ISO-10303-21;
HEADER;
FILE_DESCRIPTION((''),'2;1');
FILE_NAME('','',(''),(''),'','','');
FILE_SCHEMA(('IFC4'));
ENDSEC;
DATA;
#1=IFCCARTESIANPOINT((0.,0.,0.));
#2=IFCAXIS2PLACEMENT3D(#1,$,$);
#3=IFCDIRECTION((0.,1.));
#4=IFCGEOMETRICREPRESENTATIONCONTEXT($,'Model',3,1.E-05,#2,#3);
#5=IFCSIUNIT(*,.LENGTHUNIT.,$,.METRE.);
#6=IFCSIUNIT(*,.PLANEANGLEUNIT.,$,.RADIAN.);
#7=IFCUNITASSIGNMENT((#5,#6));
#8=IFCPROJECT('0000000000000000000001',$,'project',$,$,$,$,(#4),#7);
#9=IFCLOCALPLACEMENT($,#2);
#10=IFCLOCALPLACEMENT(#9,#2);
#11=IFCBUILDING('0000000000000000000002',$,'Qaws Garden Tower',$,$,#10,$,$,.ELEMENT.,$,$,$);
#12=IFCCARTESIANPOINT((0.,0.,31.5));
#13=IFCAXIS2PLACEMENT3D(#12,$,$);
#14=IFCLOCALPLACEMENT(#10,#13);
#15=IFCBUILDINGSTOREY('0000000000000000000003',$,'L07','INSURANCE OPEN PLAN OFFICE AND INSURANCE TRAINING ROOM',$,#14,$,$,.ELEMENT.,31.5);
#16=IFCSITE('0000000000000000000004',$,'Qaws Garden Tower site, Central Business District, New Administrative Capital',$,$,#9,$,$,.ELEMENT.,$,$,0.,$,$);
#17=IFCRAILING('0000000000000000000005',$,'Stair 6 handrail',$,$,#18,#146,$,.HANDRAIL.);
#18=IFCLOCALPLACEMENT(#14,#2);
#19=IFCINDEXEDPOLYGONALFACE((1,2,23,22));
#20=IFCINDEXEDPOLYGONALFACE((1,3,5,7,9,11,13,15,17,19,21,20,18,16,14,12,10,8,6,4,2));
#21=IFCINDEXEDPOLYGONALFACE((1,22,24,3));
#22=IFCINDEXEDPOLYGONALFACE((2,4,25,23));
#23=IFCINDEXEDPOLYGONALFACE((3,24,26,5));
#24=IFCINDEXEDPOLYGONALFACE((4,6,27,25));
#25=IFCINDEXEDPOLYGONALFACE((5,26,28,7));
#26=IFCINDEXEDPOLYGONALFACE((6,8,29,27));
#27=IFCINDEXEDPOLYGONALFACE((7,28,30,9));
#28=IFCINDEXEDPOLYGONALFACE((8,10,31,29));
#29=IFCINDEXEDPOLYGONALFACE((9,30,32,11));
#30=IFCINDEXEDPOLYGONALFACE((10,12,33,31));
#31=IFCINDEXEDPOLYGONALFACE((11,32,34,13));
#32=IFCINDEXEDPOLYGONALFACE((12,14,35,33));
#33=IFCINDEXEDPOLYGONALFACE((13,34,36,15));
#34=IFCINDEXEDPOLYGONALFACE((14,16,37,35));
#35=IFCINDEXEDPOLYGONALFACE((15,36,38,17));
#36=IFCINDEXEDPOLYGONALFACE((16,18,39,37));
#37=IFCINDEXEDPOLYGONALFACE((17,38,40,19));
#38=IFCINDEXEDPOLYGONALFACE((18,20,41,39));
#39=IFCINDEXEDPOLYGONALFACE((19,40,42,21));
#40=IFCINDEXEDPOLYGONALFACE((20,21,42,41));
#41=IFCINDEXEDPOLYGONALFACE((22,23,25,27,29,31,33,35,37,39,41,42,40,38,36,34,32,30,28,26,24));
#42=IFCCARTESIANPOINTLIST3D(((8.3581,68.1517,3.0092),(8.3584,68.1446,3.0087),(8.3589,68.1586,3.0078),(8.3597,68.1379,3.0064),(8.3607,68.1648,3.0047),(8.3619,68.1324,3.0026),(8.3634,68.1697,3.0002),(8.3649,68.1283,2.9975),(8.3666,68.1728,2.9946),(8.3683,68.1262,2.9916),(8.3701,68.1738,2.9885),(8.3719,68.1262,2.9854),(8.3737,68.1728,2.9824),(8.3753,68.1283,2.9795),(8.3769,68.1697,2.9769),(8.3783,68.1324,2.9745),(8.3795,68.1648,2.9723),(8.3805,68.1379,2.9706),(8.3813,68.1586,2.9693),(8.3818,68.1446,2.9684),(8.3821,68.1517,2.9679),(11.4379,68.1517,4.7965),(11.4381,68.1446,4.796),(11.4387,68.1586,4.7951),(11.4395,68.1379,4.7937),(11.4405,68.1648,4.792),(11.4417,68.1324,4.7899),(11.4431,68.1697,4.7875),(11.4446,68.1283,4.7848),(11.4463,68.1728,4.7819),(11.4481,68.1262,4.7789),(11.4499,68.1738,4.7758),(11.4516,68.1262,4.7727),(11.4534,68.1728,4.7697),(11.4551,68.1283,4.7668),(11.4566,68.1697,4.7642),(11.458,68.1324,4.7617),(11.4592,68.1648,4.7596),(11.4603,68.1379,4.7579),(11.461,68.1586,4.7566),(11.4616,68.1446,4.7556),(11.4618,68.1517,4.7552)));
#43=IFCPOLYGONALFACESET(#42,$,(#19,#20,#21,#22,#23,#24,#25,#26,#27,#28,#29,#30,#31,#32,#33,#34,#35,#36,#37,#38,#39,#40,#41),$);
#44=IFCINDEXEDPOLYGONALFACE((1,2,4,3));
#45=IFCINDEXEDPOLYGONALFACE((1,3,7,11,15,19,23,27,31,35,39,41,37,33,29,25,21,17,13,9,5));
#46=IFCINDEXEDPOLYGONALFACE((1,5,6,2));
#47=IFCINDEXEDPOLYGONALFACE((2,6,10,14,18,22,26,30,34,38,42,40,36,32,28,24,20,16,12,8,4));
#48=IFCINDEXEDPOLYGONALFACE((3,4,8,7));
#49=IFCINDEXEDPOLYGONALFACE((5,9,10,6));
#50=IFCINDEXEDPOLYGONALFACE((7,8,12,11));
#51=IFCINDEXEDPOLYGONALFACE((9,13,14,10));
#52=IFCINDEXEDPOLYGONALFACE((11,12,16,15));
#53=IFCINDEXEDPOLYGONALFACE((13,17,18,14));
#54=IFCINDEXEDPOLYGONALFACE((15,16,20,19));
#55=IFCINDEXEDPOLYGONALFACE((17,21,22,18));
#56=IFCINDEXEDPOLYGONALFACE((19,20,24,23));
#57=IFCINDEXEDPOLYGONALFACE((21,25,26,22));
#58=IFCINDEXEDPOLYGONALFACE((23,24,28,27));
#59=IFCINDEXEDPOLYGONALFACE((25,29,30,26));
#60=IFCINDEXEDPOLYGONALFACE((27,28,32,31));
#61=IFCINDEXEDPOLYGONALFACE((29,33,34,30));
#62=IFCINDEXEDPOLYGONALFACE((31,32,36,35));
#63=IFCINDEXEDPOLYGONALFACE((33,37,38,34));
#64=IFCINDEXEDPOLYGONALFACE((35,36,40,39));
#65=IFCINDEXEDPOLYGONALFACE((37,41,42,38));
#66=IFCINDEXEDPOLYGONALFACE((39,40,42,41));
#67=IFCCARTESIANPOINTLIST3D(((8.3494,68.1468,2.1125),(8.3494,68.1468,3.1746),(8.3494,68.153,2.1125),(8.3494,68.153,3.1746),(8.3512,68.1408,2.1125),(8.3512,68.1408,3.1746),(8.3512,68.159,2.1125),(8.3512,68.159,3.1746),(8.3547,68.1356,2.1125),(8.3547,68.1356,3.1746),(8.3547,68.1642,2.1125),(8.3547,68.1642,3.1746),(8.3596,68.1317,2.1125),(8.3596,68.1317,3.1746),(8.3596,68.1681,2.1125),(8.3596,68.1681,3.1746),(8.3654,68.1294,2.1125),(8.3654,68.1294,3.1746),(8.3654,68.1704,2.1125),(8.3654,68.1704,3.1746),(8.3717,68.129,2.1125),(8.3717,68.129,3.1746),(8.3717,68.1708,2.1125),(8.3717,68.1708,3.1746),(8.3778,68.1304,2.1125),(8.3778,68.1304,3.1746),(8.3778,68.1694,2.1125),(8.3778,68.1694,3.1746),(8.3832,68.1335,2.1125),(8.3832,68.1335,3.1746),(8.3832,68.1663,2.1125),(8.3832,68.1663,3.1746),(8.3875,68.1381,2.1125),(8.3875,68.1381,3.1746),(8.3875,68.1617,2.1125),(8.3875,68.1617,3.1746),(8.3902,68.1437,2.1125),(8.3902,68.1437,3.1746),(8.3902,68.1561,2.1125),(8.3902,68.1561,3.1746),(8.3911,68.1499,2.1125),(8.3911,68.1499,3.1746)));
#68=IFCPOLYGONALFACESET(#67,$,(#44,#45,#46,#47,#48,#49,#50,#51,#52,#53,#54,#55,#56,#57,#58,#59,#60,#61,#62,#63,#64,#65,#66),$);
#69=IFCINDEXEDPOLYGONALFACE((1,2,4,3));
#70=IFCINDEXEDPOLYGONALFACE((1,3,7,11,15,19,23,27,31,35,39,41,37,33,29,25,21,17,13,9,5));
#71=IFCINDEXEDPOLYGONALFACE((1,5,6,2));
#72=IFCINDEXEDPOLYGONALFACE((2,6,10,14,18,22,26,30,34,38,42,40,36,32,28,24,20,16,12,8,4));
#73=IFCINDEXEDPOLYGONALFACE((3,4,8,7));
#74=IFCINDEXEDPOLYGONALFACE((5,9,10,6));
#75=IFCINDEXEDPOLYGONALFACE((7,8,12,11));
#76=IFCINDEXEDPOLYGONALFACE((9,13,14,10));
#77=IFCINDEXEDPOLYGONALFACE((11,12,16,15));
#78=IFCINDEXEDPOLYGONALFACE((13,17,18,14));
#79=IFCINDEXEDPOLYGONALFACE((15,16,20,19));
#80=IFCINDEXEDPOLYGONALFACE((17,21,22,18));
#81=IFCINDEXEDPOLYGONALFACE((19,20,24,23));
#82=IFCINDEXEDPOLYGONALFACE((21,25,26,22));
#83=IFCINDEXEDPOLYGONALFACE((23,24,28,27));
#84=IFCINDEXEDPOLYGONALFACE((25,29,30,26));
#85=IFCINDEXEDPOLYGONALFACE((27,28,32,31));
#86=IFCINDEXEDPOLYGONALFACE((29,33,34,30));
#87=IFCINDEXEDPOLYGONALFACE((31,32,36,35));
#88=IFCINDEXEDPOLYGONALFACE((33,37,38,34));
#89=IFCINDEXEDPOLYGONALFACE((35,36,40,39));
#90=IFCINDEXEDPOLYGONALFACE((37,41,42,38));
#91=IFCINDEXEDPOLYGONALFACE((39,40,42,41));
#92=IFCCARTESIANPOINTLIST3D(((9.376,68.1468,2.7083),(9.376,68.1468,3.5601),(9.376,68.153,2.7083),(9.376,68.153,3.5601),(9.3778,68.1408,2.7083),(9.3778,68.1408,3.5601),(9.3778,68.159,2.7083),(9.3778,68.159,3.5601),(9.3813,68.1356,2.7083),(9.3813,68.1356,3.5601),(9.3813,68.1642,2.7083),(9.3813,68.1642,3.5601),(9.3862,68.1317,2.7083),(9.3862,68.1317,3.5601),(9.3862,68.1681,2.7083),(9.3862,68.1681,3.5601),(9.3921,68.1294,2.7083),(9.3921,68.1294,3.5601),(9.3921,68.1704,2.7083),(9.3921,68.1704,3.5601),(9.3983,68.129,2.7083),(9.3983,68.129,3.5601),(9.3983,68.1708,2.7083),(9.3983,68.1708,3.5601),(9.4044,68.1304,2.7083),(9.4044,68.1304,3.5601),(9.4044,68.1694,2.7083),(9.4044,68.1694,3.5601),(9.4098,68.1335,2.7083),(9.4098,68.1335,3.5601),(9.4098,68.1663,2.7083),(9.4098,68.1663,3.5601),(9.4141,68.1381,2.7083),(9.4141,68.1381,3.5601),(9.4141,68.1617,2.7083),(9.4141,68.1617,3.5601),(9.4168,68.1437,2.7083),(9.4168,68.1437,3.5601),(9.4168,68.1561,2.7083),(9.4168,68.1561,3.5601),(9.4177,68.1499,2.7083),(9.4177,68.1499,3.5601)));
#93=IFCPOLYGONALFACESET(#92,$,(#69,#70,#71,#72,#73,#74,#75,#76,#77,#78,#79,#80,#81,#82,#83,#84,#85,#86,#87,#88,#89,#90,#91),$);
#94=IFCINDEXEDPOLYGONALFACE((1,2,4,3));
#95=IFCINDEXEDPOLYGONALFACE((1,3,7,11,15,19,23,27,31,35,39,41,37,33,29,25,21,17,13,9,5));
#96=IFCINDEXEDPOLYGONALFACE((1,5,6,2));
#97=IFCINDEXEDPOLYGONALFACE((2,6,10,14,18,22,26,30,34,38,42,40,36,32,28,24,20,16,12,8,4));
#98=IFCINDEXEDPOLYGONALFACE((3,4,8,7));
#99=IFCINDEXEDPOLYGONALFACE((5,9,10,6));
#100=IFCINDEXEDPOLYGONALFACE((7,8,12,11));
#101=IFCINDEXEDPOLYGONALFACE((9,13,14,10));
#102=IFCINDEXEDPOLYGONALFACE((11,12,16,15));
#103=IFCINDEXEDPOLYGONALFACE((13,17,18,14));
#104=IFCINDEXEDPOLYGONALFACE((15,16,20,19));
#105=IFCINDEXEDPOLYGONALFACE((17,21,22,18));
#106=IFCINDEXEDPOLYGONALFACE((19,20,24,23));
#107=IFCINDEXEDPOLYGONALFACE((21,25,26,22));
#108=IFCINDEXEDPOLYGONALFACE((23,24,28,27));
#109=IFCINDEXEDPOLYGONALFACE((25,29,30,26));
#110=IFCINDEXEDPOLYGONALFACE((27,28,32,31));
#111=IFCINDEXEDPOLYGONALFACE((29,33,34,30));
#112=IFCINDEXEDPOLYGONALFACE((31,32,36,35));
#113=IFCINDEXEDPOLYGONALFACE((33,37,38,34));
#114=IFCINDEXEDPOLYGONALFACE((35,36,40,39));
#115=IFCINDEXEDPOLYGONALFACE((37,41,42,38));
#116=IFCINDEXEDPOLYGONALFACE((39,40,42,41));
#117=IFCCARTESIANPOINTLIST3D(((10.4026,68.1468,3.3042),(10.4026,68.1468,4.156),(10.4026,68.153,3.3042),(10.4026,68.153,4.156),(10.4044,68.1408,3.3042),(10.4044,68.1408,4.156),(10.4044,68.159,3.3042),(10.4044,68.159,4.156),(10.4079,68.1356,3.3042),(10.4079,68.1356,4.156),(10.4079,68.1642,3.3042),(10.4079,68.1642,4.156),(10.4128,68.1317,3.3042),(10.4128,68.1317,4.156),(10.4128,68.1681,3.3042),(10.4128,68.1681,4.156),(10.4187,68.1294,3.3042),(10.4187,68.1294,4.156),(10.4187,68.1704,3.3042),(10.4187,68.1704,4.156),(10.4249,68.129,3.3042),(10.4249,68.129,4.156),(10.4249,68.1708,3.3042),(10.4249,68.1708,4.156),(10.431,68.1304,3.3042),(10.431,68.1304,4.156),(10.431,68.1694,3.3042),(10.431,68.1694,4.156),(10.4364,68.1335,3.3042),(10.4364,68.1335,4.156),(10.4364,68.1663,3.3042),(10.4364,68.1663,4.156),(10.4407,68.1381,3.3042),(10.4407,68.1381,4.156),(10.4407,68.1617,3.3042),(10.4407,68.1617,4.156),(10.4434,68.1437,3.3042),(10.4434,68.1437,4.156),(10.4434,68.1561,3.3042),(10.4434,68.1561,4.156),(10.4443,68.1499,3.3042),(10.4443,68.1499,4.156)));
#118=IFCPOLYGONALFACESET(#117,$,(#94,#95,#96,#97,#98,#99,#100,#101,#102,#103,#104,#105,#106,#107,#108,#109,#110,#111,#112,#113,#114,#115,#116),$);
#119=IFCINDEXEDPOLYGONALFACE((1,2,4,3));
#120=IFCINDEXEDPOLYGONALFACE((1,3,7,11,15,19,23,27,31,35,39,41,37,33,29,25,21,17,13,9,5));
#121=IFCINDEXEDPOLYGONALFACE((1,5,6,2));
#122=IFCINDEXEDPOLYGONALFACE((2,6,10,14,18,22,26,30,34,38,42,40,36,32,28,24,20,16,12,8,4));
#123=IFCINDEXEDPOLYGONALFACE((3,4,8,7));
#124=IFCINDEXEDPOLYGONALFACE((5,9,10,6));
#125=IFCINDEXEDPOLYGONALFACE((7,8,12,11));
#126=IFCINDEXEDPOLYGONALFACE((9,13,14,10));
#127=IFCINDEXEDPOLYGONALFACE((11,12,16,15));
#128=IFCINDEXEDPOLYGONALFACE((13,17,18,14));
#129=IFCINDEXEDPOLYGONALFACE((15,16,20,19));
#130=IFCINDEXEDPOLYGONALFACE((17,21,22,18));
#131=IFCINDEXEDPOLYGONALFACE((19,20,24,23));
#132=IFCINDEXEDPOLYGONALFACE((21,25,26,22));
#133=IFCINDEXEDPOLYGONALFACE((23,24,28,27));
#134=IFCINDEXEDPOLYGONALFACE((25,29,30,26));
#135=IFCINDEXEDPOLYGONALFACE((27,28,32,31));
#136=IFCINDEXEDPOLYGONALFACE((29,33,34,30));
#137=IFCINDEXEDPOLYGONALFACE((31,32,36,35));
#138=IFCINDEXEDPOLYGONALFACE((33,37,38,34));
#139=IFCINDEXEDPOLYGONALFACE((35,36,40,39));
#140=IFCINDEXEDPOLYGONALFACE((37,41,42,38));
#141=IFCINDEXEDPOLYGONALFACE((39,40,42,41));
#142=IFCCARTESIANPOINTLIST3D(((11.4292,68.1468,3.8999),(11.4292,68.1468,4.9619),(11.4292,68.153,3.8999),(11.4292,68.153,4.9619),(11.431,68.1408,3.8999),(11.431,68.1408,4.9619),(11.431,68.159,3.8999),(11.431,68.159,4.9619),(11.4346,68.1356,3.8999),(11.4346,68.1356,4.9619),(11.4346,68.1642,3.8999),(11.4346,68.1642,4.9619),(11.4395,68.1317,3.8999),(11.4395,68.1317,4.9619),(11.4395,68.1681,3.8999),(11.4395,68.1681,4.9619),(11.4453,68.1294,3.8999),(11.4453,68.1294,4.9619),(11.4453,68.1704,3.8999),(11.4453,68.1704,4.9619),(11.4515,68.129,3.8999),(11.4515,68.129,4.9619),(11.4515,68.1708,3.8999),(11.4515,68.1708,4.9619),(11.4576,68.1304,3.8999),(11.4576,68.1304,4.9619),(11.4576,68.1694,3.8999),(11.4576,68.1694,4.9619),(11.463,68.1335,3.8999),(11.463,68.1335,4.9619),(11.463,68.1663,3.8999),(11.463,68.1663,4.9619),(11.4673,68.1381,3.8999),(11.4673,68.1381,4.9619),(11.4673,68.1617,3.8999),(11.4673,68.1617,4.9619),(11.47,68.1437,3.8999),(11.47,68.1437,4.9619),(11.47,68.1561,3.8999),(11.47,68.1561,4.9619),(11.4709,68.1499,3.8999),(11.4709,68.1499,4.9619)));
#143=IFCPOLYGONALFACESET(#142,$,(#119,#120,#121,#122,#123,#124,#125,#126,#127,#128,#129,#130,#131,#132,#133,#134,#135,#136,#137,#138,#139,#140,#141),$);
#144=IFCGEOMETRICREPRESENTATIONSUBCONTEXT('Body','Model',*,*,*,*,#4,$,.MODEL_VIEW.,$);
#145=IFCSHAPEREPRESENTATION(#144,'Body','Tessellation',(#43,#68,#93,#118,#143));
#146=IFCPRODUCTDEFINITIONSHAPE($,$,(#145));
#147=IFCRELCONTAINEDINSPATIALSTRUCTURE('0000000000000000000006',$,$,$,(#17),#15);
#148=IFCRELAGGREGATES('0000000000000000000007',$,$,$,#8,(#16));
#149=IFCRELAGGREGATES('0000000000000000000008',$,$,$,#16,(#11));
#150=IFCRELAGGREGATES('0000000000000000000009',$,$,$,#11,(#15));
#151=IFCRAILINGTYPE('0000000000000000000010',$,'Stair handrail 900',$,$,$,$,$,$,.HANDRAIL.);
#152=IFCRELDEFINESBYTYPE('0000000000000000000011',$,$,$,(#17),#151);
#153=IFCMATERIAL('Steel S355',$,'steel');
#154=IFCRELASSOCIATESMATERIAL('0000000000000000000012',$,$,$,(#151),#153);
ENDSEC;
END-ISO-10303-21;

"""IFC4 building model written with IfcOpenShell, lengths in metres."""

from ifc_helpers import new_model, si_unit, direction, frame, origin, origin_2d, place, context, subcontext, project, spatial, circle, extrude, material, type_object, element, save


model = new_model("IFC4")

# Units and contexts
model_context = context("Model", 3, precision=1e-05, world=origin(), true_north=direction((0.0, 1.0)))
body_context = subcontext(model_context, "Body", "Model", "MODEL_VIEW")
ifc_project = project(units=[si_unit("LENGTHUNIT", "METRE"), si_unit("PLANEANGLEUNIT", "RADIAN")], contexts=[model_context])

# Site, building, storey
site_placement = place(None, origin())
site = spatial("IfcSite", under=ifc_project, at=site_placement, Name="Qaws Garden Tower site, Central Business District, New Administrative Capital", CompositionType="ELEMENT", RefElevation=0.0)
building_placement = place(site_placement, origin())
building = spatial("IfcBuilding", under=site, at=building_placement, Name="Qaws Garden Tower", CompositionType="ELEMENT")
storey_placement = place(building_placement, frame((0.0, 0.0, 31.5)))
storey = spatial("IfcBuildingStorey", under=building, at=storey_placement, Name="L07", Description="INSURANCE OPEN PLAN OFFICE AND INSURANCE TRAINING ROOM", CompositionType="ELEMENT", Elevation=31.5)

# Railing
ifc_material_1 = material(Name="Steel S355", Category="steel")
railing_type = type_object("IfcRailingType", Name="Stair handrail 900", PredefinedType="HANDRAIL", material=ifc_material_1)
railing_1_placement = place(storey_placement, frame((8.3701, 68.1499, 2.1125)))
element("IfcRailing", 1, at=railing_1_placement, inside=storey, type_object=railing_type, Name="Stair 6 handrail", PredefinedType="HANDRAIL", context=body_context, shape_type="SweptSolid", body=[
    extrude(circle(Radius=0.0239, at=origin_2d()), frame((0.0, 0.0, 0.876), z_axis=(0.864903, 0.0, 0.501939), x_axis=(0.0, 1.0, 0.0)), (0.0, 0.0, 1.0), 3.5608),
    extrude(circle(Radius=0.021, at=origin_2d()), origin(), (0.0, 0.0, 1.0), 1.062),
    extrude(circle(Radius=0.021, at=origin_2d()), frame((1.0266, 0.0, 0.5957)), (0.0, 0.0, 1.0), 0.8518),
    extrude(circle(Radius=0.021, at=origin_2d()), frame((2.0532, 0.0, 1.1917)), (0.0, 0.0, 1.0), 0.8518),
    extrude(circle(Radius=0.021, at=origin_2d()), frame((3.0798, 0.0, 1.7874)), (0.0, 0.0, 1.0), 1.062),
])

save(model, "model.ifc")
